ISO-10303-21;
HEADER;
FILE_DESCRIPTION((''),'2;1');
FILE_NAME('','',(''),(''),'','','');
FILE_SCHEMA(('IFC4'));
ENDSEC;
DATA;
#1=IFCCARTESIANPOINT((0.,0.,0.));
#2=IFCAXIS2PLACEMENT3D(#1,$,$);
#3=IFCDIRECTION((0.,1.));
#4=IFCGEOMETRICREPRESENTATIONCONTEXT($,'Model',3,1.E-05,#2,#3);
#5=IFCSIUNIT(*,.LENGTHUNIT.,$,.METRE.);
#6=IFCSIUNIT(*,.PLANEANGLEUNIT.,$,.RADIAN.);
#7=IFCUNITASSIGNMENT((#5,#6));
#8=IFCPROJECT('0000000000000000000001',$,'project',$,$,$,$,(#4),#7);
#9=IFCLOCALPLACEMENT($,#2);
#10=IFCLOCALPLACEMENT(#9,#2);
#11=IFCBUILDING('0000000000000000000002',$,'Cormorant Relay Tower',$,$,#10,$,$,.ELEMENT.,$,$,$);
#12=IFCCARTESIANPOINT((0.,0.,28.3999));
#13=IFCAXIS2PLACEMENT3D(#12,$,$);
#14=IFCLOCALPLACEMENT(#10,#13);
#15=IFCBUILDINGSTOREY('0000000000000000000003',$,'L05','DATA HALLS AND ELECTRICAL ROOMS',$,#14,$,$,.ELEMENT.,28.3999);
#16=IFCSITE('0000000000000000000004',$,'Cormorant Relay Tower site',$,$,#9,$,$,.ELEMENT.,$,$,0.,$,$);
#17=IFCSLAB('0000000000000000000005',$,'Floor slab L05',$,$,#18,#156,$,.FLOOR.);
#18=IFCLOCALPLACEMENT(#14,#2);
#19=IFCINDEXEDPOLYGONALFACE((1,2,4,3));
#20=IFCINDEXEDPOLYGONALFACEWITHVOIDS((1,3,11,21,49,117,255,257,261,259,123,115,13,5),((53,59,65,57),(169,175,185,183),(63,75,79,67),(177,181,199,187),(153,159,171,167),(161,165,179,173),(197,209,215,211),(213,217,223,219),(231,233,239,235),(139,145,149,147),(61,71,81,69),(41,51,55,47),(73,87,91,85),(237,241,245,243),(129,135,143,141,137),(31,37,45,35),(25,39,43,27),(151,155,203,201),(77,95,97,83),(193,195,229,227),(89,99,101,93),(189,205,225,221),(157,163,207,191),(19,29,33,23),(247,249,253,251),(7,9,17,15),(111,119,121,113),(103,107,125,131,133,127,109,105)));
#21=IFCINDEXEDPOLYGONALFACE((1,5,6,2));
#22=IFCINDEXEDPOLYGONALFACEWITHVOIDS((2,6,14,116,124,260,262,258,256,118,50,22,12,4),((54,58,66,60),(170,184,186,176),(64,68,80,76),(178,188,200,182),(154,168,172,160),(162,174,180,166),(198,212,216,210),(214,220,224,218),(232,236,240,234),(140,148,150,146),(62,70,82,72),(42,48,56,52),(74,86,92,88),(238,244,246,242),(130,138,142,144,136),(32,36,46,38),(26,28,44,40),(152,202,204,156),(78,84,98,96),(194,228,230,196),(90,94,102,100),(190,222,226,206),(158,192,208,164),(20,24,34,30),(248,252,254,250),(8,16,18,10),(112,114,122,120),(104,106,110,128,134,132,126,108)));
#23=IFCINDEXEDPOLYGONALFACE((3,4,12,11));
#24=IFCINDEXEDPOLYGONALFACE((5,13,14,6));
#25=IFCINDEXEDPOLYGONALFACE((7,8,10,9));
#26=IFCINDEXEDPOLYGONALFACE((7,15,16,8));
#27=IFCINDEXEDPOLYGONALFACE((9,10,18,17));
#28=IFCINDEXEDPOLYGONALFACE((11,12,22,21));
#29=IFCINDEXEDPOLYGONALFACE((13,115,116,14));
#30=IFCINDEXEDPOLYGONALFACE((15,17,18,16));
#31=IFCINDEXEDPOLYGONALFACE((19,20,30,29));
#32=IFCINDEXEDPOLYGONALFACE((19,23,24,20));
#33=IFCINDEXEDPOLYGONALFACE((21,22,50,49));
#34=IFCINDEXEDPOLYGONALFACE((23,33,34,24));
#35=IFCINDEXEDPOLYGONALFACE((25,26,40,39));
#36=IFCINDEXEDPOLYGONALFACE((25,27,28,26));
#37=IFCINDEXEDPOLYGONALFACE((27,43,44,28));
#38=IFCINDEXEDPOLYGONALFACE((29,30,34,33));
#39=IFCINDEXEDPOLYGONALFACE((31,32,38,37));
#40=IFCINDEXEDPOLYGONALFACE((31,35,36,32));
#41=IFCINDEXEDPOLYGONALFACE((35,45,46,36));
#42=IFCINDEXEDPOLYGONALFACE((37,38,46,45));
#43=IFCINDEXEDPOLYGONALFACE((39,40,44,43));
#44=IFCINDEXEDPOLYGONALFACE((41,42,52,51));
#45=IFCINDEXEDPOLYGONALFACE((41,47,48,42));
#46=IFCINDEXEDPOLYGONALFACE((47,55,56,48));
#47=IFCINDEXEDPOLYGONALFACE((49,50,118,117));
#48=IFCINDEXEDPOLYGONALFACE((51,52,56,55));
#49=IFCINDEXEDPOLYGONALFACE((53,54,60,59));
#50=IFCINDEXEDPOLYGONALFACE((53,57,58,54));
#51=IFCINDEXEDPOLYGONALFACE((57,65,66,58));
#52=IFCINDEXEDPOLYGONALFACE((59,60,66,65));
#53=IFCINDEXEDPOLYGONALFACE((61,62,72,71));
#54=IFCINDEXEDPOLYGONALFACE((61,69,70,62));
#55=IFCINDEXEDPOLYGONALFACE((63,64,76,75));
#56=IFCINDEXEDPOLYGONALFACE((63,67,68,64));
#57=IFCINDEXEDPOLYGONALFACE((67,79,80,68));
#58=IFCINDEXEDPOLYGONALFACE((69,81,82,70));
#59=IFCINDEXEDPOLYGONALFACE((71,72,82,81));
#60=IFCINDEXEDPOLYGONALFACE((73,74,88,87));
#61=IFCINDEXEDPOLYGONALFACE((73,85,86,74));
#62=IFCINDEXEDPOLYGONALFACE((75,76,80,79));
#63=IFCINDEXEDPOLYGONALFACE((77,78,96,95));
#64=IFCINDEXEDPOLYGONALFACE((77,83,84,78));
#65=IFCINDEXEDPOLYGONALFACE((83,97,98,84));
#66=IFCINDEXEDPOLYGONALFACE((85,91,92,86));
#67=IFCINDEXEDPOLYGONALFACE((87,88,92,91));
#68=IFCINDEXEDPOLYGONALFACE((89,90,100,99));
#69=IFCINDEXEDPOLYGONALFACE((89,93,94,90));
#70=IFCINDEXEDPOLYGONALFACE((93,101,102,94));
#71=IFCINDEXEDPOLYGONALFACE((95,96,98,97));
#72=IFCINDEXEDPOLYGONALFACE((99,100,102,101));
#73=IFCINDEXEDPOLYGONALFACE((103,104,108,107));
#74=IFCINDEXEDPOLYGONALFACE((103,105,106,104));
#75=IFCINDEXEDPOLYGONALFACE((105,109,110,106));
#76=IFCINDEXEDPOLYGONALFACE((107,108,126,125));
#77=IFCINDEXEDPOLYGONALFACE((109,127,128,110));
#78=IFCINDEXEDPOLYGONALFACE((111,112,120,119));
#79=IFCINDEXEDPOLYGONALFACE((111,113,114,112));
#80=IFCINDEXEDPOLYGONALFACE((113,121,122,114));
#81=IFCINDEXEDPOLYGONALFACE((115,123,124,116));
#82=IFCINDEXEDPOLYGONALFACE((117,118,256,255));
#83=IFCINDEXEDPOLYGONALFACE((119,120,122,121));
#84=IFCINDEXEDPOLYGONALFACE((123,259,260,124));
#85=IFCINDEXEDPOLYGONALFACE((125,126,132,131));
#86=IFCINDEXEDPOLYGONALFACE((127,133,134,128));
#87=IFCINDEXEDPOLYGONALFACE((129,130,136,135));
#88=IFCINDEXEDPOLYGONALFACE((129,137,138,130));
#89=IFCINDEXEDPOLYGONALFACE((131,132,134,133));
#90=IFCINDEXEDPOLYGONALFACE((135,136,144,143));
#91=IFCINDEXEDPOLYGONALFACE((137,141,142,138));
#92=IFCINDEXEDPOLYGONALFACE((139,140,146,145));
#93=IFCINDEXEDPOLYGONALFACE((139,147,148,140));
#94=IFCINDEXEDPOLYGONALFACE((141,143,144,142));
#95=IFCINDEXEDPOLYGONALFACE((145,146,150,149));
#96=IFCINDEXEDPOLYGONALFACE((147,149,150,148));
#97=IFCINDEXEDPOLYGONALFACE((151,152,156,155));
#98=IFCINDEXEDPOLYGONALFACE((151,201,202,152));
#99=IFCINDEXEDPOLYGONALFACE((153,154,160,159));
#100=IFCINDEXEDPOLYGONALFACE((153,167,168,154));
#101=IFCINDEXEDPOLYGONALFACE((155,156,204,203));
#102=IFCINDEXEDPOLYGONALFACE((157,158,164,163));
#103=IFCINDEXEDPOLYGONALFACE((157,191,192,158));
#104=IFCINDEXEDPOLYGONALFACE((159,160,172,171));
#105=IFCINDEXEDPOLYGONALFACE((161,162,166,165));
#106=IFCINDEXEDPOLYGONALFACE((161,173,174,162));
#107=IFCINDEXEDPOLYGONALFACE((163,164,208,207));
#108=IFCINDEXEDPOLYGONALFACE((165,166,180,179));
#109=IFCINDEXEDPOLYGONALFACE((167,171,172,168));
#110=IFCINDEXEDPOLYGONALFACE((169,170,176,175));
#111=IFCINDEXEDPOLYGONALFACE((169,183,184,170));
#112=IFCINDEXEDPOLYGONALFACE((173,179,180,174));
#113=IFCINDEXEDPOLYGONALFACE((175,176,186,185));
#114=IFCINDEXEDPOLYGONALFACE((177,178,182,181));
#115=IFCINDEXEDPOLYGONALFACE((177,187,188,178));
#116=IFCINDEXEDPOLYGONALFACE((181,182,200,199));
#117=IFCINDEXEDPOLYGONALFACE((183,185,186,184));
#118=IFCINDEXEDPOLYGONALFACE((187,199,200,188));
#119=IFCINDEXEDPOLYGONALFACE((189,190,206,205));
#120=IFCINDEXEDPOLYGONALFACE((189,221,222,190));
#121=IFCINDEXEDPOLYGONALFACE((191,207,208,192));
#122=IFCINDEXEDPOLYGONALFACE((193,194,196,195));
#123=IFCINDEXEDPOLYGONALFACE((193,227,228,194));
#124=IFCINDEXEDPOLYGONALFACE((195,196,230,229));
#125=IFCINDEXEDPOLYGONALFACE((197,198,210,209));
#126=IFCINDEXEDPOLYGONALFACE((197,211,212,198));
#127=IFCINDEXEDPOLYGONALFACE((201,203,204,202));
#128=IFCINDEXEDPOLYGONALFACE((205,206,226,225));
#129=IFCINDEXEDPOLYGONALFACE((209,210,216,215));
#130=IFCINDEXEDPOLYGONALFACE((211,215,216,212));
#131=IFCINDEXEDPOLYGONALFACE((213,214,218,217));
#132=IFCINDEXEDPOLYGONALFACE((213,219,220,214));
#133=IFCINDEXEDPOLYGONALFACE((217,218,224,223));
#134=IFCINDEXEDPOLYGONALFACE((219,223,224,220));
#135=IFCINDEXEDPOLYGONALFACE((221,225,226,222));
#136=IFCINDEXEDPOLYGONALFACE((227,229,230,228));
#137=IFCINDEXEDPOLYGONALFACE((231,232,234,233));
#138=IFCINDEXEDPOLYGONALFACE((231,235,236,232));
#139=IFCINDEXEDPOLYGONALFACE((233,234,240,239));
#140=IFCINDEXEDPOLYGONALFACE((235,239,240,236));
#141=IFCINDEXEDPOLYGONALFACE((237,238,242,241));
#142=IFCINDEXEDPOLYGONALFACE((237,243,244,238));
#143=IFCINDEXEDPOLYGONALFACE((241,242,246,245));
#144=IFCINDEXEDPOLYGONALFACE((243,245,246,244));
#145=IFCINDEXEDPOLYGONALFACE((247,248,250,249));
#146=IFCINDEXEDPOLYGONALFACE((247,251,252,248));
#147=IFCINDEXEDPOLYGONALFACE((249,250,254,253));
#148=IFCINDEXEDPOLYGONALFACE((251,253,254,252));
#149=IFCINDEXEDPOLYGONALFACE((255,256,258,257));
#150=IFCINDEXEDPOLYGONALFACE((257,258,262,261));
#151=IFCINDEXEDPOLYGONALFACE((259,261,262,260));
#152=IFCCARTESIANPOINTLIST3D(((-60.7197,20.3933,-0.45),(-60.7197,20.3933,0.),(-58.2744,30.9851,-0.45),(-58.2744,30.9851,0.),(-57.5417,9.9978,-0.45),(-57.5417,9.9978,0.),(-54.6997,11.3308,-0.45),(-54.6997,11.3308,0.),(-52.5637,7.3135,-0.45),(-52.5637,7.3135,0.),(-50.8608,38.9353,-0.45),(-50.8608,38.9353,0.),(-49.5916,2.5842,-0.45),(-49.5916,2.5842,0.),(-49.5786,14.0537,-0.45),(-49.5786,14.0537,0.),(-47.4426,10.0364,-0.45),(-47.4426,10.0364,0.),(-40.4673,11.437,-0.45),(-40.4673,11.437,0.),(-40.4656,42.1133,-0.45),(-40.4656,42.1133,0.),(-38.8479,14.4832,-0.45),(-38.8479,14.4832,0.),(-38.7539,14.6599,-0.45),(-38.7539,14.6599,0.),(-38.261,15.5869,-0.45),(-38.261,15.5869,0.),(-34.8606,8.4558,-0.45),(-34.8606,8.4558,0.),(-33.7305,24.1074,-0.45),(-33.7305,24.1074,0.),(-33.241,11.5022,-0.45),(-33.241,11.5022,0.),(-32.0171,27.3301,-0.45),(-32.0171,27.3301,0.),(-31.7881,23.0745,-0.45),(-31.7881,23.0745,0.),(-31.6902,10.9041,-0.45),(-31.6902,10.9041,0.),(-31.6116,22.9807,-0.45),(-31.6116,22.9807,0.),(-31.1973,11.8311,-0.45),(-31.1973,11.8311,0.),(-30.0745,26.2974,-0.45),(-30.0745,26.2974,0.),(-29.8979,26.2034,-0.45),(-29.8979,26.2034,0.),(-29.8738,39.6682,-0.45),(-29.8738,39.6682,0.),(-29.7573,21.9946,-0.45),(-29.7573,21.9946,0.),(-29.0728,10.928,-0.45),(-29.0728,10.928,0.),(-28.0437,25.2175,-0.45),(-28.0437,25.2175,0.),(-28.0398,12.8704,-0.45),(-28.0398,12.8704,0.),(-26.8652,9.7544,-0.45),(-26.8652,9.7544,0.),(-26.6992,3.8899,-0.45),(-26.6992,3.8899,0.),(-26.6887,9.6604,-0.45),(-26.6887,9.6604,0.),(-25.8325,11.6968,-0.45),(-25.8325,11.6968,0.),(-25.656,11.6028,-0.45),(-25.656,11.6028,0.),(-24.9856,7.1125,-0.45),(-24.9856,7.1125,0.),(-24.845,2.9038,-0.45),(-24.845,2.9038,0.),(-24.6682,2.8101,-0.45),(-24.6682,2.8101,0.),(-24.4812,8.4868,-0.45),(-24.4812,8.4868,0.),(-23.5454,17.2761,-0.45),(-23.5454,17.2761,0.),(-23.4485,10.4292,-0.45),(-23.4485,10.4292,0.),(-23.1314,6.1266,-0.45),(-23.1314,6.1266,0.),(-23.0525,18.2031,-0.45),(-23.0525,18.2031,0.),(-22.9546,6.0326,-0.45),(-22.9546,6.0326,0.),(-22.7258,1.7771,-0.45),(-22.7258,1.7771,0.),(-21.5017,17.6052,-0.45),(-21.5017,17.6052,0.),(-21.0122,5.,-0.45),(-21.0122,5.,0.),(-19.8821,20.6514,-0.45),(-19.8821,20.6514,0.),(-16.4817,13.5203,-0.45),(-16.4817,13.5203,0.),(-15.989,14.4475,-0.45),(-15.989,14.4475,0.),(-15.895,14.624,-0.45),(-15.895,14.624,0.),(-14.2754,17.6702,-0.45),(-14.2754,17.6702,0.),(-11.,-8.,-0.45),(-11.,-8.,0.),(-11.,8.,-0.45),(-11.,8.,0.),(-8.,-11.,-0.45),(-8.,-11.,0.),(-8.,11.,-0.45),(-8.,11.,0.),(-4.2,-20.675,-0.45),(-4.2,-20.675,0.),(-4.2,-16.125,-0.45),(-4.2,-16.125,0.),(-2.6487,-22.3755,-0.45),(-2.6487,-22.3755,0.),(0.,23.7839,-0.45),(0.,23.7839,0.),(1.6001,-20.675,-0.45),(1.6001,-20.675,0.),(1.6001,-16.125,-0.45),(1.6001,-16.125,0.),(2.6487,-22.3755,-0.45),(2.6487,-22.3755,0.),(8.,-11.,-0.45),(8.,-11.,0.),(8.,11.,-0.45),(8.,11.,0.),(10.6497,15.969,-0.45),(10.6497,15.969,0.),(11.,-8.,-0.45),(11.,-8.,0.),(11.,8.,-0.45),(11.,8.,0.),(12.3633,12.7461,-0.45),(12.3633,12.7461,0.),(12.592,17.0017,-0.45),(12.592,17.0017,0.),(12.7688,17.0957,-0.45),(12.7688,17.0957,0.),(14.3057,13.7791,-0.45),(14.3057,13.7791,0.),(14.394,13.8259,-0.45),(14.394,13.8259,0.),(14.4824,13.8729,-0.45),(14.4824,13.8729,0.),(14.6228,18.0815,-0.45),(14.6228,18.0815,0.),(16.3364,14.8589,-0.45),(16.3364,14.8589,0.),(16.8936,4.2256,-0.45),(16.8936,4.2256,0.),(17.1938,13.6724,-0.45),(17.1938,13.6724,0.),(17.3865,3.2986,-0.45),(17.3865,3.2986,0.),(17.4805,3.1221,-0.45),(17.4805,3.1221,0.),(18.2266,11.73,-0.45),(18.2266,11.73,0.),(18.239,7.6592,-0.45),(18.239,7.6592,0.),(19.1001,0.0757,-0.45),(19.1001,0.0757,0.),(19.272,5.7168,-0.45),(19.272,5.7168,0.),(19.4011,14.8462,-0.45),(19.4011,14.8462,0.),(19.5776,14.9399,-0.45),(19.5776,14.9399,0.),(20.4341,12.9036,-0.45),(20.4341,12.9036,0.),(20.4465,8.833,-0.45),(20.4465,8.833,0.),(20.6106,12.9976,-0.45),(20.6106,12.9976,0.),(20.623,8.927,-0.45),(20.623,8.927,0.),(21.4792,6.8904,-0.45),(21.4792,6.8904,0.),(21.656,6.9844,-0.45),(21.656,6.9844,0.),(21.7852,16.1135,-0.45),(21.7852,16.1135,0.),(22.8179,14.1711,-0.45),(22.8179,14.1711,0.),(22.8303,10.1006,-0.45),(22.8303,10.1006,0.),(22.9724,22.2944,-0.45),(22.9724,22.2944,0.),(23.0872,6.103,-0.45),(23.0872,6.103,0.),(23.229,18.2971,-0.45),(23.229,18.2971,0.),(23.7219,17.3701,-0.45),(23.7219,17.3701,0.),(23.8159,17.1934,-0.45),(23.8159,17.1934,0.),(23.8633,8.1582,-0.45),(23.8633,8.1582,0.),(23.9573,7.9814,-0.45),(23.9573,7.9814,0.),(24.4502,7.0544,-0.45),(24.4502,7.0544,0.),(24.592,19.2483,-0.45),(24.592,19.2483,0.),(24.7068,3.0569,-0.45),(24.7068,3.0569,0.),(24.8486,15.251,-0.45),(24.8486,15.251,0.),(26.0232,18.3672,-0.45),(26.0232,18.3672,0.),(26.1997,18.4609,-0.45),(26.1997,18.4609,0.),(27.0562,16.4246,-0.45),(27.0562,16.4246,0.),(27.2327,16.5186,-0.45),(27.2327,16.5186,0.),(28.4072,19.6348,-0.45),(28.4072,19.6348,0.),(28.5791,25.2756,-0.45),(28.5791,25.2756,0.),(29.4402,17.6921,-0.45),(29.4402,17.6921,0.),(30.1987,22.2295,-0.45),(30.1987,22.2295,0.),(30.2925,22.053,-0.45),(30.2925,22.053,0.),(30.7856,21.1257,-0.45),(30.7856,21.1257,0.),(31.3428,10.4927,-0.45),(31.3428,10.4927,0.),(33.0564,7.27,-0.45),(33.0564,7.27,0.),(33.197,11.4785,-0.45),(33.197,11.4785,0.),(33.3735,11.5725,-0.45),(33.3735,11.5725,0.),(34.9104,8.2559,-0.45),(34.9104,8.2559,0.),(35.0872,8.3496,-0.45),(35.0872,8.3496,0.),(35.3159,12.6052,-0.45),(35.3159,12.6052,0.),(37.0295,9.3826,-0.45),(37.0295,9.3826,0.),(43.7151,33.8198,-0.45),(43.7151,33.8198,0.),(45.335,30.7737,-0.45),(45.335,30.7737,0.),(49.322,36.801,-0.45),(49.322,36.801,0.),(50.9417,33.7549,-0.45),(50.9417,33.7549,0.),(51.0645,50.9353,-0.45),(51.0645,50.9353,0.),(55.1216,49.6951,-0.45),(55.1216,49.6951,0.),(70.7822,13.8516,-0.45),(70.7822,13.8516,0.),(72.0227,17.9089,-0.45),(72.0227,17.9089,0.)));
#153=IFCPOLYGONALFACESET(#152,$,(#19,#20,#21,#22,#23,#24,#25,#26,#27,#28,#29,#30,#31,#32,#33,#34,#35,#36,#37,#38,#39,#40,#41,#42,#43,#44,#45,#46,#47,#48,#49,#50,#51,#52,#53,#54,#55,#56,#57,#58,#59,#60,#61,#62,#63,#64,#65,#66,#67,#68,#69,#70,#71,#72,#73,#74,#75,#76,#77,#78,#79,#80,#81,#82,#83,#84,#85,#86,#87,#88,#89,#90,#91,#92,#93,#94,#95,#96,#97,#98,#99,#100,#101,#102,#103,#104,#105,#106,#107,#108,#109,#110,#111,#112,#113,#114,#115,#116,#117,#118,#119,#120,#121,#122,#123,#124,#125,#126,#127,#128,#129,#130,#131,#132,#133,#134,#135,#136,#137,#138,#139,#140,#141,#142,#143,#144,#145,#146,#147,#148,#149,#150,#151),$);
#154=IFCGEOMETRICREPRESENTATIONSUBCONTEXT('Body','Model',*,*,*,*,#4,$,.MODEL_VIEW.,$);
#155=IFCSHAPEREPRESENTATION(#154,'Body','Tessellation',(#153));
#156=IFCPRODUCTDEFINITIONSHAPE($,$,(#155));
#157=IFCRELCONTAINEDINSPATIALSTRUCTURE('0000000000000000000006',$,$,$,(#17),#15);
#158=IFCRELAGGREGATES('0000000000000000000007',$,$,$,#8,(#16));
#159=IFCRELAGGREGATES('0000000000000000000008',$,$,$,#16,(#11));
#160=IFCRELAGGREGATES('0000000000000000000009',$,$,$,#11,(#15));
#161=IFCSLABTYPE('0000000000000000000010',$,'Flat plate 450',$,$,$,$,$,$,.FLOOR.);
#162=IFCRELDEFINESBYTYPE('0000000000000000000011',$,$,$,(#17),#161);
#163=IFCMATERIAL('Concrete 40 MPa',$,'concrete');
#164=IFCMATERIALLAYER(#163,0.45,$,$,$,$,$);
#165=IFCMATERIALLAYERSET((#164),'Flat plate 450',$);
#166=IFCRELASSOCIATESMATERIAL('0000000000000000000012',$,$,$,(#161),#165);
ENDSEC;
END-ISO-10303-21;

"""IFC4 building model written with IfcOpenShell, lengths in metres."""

from ifc_helpers import new_model, si_unit, direction, frame, origin, place, context, subcontext, project, spatial, polyline, outline, extrude, material, layer, layer_set, type_object, element, save


model = new_model("IFC4")

# Units and contexts
model_context = context("Model", 3, precision=1e-05, world=origin(), true_north=direction((0.0, 1.0)))
body_context = subcontext(model_context, "Body", "Model", "MODEL_VIEW")
ifc_project = project(units=[si_unit("LENGTHUNIT", "METRE"), si_unit("PLANEANGLEUNIT", "RADIAN")], contexts=[model_context])

# Site, building, storey
site_placement = place(None, origin())
site = spatial("IfcSite", under=ifc_project, at=site_placement, Name="Cormorant Relay Tower site", CompositionType="ELEMENT", RefElevation=0.0)
building_placement = place(site_placement, origin())
building = spatial("IfcBuilding", under=site, at=building_placement, Name="Cormorant Relay Tower", CompositionType="ELEMENT")
storey_placement = place(building_placement, frame((0.0, 0.0, 28.3999)))
storey = spatial("IfcBuildingStorey", under=building, at=storey_placement, Name="L05", Description="DATA HALLS AND ELECTRICAL ROOMS", CompositionType="ELEMENT", Elevation=28.3999)

# Slab
ifc_material_1 = material(Name="Concrete 40 MPa", Category="concrete")
ifc_layer_1 = layer(ifc_material_1, 0.45)
ifc_layer_set_1 = layer_set([ifc_layer_1], Name="Flat plate 450")
slab_type = type_object("IfcSlabType", Name="Flat plate 450", PredefinedType="FLOOR", material=ifc_layer_set_1)
slab_placement = place(storey_placement, frame((0.0, 0.0, -0.45)))
element("IfcSlab", 1, at=slab_placement, inside=storey, type_object=slab_type, Name="Floor slab L05", PredefinedType="FLOOR", context=body_context, shape_type="SweptSolid", body=[
    extrude(outline(polyline([(-60.7197, 20.3933), (-58.2744, 30.9851), (-50.8608, 38.9353), (-40.4656, 42.1133), (-29.8738, 39.6682), (0.0, 23.7839), (51.0645, 50.9353), (55.1216, 49.6951), (72.0227, 17.9089), (70.7822, 13.8516), (2.6487, -22.3755), (-2.6487, -22.3755), (-49.5916, 2.5842), (-57.5417, 9.9978), (-60.7197, 20.3933)]), holes=[polyline([(11.0, -8.0), (11.0, 8.0), (8.0, 11.0), (-8.0, 11.0), (-11.0, 8.0), (-11.0, -8.0), (-8.0, -11.0), (8.0, -11.0), (11.0, -8.0)]), polyline([(-4.2, -16.125), (-4.2, -20.675), (1.6001, -20.675), (1.6001, -16.125), (-4.2, -16.125)]), polyline([(-22.9546, 6.0327), (-24.6682, 2.8101), (-22.7258, 1.7771), (-21.0122, 5.0), (-23.043, 6.0796), (-22.9546, 6.0327)]), polyline([(-24.9856, 7.1125), (-26.6992, 3.8899), (-24.845, 2.9038), (-23.1313, 6.1267), (-23.043, 6.0796), (-24.9856, 7.1125)]), polyline([(-26.6887, 9.6604), (-24.4812, 8.4868), (-23.4485, 10.4292), (-25.656, 11.6028), (-26.6887, 9.6604)]), polyline([(-49.5786, 14.0537), (-54.6997, 11.3308), (-52.5637, 7.3135), (-47.4426, 10.0364), (-49.5786, 14.0537)]), polyline([(-28.0398, 12.8704), (-29.0728, 10.928), (-26.8652, 9.7544), (-25.8325, 11.6968), (-28.0398, 12.8704)]), polyline([(-38.8479, 14.4832), (-40.4673, 11.437), (-34.8606, 8.4558), (-33.241, 11.5022), (-38.8479, 14.4832)]), polyline([(-38.261, 15.5869), (-38.7539, 14.6599), (-31.6902, 10.9041), (-31.1973, 11.8311), (-38.261, 15.5869)]), polyline([(14.3057, 13.7791), (12.592, 17.0017), (10.6497, 15.969), (12.3633, 12.7461), (14.394, 13.8259), (14.3057, 13.7791)]), polyline([(16.3364, 14.8589), (14.6228, 18.0815), (12.7688, 17.0957), (14.4824, 13.8728), (14.394, 13.8259), (16.3364, 14.8589)]), polyline([(-16.4817, 13.5203), (-15.989, 14.4475), (-23.0525, 18.2031), (-23.5454, 17.2761), (-16.4817, 13.5203)]), polyline([(-21.5017, 17.6052), (-15.895, 14.624), (-14.2754, 17.6702), (-19.8821, 20.6514), (-21.5017, 17.6052)]), polyline([(-31.6116, 22.9807), (-29.7573, 21.9946), (-28.0437, 25.2175), (-29.8979, 26.2034), (-31.6116, 22.9807)]), polyline([(-33.7305, 24.1074), (-31.7881, 23.0745), (-30.0745, 26.2974), (-32.0171, 27.3301), (-33.7305, 24.1074)]), polyline([(23.0872, 6.103), (17.4805, 3.1221), (19.1001, 0.0757), (24.7068, 3.0569), (23.0872, 6.103)]), polyline([(16.8936, 4.2256), (17.3865, 3.2986), (24.4502, 7.0544), (23.9573, 7.9814), (16.8936, 4.2256)]), polyline([(20.4465, 8.833), (18.239, 7.6592), (19.272, 5.7168), (21.4792, 6.8904), (20.4465, 8.833)]), polyline([(22.8303, 10.1006), (20.623, 8.927), (21.656, 6.9844), (23.8633, 8.1582), (22.8303, 10.1006)]), polyline([(33.197, 11.4785), (31.3428, 10.4927), (33.0564, 7.27), (34.9104, 8.2559), (33.197, 11.4785)]), polyline([(33.3735, 11.5725), (35.0872, 8.3496), (37.0295, 9.3826), (35.3159, 12.6052), (33.3735, 11.5725)]), polyline([(19.4011, 14.8462), (17.1938, 13.6724), (18.2266, 11.73), (20.4341, 12.9036), (19.4011, 14.8462)]), polyline([(22.8179, 14.1711), (21.7852, 16.1135), (19.5776, 14.9399), (20.6106, 12.9976), (22.8179, 14.1711)]), polyline([(26.0232, 18.3672), (23.8159, 17.1934), (24.8486, 15.251), (27.0562, 16.4246), (26.0232, 18.3672)]), polyline([(29.4402, 17.6921), (28.4072, 19.6348), (26.1997, 18.4609), (27.2327, 16.5186), (29.4402, 17.6921)]), polyline([(30.7856, 21.1257), (30.2925, 22.053), (23.229, 18.2971), (23.7219, 17.3701), (30.7856, 21.1257)]), polyline([(24.592, 19.2483), (30.1987, 22.2295), (28.5791, 25.2756), (22.9724, 22.2944), (24.592, 19.2483)]), polyline([(45.335, 30.7737), (50.9417, 33.7549), (49.322, 36.801), (43.7151, 33.8198), (45.335, 30.7737)])]), origin(), (0.0, 0.0, 1.0), 0.45),
])

save(model, "model.ifc")
